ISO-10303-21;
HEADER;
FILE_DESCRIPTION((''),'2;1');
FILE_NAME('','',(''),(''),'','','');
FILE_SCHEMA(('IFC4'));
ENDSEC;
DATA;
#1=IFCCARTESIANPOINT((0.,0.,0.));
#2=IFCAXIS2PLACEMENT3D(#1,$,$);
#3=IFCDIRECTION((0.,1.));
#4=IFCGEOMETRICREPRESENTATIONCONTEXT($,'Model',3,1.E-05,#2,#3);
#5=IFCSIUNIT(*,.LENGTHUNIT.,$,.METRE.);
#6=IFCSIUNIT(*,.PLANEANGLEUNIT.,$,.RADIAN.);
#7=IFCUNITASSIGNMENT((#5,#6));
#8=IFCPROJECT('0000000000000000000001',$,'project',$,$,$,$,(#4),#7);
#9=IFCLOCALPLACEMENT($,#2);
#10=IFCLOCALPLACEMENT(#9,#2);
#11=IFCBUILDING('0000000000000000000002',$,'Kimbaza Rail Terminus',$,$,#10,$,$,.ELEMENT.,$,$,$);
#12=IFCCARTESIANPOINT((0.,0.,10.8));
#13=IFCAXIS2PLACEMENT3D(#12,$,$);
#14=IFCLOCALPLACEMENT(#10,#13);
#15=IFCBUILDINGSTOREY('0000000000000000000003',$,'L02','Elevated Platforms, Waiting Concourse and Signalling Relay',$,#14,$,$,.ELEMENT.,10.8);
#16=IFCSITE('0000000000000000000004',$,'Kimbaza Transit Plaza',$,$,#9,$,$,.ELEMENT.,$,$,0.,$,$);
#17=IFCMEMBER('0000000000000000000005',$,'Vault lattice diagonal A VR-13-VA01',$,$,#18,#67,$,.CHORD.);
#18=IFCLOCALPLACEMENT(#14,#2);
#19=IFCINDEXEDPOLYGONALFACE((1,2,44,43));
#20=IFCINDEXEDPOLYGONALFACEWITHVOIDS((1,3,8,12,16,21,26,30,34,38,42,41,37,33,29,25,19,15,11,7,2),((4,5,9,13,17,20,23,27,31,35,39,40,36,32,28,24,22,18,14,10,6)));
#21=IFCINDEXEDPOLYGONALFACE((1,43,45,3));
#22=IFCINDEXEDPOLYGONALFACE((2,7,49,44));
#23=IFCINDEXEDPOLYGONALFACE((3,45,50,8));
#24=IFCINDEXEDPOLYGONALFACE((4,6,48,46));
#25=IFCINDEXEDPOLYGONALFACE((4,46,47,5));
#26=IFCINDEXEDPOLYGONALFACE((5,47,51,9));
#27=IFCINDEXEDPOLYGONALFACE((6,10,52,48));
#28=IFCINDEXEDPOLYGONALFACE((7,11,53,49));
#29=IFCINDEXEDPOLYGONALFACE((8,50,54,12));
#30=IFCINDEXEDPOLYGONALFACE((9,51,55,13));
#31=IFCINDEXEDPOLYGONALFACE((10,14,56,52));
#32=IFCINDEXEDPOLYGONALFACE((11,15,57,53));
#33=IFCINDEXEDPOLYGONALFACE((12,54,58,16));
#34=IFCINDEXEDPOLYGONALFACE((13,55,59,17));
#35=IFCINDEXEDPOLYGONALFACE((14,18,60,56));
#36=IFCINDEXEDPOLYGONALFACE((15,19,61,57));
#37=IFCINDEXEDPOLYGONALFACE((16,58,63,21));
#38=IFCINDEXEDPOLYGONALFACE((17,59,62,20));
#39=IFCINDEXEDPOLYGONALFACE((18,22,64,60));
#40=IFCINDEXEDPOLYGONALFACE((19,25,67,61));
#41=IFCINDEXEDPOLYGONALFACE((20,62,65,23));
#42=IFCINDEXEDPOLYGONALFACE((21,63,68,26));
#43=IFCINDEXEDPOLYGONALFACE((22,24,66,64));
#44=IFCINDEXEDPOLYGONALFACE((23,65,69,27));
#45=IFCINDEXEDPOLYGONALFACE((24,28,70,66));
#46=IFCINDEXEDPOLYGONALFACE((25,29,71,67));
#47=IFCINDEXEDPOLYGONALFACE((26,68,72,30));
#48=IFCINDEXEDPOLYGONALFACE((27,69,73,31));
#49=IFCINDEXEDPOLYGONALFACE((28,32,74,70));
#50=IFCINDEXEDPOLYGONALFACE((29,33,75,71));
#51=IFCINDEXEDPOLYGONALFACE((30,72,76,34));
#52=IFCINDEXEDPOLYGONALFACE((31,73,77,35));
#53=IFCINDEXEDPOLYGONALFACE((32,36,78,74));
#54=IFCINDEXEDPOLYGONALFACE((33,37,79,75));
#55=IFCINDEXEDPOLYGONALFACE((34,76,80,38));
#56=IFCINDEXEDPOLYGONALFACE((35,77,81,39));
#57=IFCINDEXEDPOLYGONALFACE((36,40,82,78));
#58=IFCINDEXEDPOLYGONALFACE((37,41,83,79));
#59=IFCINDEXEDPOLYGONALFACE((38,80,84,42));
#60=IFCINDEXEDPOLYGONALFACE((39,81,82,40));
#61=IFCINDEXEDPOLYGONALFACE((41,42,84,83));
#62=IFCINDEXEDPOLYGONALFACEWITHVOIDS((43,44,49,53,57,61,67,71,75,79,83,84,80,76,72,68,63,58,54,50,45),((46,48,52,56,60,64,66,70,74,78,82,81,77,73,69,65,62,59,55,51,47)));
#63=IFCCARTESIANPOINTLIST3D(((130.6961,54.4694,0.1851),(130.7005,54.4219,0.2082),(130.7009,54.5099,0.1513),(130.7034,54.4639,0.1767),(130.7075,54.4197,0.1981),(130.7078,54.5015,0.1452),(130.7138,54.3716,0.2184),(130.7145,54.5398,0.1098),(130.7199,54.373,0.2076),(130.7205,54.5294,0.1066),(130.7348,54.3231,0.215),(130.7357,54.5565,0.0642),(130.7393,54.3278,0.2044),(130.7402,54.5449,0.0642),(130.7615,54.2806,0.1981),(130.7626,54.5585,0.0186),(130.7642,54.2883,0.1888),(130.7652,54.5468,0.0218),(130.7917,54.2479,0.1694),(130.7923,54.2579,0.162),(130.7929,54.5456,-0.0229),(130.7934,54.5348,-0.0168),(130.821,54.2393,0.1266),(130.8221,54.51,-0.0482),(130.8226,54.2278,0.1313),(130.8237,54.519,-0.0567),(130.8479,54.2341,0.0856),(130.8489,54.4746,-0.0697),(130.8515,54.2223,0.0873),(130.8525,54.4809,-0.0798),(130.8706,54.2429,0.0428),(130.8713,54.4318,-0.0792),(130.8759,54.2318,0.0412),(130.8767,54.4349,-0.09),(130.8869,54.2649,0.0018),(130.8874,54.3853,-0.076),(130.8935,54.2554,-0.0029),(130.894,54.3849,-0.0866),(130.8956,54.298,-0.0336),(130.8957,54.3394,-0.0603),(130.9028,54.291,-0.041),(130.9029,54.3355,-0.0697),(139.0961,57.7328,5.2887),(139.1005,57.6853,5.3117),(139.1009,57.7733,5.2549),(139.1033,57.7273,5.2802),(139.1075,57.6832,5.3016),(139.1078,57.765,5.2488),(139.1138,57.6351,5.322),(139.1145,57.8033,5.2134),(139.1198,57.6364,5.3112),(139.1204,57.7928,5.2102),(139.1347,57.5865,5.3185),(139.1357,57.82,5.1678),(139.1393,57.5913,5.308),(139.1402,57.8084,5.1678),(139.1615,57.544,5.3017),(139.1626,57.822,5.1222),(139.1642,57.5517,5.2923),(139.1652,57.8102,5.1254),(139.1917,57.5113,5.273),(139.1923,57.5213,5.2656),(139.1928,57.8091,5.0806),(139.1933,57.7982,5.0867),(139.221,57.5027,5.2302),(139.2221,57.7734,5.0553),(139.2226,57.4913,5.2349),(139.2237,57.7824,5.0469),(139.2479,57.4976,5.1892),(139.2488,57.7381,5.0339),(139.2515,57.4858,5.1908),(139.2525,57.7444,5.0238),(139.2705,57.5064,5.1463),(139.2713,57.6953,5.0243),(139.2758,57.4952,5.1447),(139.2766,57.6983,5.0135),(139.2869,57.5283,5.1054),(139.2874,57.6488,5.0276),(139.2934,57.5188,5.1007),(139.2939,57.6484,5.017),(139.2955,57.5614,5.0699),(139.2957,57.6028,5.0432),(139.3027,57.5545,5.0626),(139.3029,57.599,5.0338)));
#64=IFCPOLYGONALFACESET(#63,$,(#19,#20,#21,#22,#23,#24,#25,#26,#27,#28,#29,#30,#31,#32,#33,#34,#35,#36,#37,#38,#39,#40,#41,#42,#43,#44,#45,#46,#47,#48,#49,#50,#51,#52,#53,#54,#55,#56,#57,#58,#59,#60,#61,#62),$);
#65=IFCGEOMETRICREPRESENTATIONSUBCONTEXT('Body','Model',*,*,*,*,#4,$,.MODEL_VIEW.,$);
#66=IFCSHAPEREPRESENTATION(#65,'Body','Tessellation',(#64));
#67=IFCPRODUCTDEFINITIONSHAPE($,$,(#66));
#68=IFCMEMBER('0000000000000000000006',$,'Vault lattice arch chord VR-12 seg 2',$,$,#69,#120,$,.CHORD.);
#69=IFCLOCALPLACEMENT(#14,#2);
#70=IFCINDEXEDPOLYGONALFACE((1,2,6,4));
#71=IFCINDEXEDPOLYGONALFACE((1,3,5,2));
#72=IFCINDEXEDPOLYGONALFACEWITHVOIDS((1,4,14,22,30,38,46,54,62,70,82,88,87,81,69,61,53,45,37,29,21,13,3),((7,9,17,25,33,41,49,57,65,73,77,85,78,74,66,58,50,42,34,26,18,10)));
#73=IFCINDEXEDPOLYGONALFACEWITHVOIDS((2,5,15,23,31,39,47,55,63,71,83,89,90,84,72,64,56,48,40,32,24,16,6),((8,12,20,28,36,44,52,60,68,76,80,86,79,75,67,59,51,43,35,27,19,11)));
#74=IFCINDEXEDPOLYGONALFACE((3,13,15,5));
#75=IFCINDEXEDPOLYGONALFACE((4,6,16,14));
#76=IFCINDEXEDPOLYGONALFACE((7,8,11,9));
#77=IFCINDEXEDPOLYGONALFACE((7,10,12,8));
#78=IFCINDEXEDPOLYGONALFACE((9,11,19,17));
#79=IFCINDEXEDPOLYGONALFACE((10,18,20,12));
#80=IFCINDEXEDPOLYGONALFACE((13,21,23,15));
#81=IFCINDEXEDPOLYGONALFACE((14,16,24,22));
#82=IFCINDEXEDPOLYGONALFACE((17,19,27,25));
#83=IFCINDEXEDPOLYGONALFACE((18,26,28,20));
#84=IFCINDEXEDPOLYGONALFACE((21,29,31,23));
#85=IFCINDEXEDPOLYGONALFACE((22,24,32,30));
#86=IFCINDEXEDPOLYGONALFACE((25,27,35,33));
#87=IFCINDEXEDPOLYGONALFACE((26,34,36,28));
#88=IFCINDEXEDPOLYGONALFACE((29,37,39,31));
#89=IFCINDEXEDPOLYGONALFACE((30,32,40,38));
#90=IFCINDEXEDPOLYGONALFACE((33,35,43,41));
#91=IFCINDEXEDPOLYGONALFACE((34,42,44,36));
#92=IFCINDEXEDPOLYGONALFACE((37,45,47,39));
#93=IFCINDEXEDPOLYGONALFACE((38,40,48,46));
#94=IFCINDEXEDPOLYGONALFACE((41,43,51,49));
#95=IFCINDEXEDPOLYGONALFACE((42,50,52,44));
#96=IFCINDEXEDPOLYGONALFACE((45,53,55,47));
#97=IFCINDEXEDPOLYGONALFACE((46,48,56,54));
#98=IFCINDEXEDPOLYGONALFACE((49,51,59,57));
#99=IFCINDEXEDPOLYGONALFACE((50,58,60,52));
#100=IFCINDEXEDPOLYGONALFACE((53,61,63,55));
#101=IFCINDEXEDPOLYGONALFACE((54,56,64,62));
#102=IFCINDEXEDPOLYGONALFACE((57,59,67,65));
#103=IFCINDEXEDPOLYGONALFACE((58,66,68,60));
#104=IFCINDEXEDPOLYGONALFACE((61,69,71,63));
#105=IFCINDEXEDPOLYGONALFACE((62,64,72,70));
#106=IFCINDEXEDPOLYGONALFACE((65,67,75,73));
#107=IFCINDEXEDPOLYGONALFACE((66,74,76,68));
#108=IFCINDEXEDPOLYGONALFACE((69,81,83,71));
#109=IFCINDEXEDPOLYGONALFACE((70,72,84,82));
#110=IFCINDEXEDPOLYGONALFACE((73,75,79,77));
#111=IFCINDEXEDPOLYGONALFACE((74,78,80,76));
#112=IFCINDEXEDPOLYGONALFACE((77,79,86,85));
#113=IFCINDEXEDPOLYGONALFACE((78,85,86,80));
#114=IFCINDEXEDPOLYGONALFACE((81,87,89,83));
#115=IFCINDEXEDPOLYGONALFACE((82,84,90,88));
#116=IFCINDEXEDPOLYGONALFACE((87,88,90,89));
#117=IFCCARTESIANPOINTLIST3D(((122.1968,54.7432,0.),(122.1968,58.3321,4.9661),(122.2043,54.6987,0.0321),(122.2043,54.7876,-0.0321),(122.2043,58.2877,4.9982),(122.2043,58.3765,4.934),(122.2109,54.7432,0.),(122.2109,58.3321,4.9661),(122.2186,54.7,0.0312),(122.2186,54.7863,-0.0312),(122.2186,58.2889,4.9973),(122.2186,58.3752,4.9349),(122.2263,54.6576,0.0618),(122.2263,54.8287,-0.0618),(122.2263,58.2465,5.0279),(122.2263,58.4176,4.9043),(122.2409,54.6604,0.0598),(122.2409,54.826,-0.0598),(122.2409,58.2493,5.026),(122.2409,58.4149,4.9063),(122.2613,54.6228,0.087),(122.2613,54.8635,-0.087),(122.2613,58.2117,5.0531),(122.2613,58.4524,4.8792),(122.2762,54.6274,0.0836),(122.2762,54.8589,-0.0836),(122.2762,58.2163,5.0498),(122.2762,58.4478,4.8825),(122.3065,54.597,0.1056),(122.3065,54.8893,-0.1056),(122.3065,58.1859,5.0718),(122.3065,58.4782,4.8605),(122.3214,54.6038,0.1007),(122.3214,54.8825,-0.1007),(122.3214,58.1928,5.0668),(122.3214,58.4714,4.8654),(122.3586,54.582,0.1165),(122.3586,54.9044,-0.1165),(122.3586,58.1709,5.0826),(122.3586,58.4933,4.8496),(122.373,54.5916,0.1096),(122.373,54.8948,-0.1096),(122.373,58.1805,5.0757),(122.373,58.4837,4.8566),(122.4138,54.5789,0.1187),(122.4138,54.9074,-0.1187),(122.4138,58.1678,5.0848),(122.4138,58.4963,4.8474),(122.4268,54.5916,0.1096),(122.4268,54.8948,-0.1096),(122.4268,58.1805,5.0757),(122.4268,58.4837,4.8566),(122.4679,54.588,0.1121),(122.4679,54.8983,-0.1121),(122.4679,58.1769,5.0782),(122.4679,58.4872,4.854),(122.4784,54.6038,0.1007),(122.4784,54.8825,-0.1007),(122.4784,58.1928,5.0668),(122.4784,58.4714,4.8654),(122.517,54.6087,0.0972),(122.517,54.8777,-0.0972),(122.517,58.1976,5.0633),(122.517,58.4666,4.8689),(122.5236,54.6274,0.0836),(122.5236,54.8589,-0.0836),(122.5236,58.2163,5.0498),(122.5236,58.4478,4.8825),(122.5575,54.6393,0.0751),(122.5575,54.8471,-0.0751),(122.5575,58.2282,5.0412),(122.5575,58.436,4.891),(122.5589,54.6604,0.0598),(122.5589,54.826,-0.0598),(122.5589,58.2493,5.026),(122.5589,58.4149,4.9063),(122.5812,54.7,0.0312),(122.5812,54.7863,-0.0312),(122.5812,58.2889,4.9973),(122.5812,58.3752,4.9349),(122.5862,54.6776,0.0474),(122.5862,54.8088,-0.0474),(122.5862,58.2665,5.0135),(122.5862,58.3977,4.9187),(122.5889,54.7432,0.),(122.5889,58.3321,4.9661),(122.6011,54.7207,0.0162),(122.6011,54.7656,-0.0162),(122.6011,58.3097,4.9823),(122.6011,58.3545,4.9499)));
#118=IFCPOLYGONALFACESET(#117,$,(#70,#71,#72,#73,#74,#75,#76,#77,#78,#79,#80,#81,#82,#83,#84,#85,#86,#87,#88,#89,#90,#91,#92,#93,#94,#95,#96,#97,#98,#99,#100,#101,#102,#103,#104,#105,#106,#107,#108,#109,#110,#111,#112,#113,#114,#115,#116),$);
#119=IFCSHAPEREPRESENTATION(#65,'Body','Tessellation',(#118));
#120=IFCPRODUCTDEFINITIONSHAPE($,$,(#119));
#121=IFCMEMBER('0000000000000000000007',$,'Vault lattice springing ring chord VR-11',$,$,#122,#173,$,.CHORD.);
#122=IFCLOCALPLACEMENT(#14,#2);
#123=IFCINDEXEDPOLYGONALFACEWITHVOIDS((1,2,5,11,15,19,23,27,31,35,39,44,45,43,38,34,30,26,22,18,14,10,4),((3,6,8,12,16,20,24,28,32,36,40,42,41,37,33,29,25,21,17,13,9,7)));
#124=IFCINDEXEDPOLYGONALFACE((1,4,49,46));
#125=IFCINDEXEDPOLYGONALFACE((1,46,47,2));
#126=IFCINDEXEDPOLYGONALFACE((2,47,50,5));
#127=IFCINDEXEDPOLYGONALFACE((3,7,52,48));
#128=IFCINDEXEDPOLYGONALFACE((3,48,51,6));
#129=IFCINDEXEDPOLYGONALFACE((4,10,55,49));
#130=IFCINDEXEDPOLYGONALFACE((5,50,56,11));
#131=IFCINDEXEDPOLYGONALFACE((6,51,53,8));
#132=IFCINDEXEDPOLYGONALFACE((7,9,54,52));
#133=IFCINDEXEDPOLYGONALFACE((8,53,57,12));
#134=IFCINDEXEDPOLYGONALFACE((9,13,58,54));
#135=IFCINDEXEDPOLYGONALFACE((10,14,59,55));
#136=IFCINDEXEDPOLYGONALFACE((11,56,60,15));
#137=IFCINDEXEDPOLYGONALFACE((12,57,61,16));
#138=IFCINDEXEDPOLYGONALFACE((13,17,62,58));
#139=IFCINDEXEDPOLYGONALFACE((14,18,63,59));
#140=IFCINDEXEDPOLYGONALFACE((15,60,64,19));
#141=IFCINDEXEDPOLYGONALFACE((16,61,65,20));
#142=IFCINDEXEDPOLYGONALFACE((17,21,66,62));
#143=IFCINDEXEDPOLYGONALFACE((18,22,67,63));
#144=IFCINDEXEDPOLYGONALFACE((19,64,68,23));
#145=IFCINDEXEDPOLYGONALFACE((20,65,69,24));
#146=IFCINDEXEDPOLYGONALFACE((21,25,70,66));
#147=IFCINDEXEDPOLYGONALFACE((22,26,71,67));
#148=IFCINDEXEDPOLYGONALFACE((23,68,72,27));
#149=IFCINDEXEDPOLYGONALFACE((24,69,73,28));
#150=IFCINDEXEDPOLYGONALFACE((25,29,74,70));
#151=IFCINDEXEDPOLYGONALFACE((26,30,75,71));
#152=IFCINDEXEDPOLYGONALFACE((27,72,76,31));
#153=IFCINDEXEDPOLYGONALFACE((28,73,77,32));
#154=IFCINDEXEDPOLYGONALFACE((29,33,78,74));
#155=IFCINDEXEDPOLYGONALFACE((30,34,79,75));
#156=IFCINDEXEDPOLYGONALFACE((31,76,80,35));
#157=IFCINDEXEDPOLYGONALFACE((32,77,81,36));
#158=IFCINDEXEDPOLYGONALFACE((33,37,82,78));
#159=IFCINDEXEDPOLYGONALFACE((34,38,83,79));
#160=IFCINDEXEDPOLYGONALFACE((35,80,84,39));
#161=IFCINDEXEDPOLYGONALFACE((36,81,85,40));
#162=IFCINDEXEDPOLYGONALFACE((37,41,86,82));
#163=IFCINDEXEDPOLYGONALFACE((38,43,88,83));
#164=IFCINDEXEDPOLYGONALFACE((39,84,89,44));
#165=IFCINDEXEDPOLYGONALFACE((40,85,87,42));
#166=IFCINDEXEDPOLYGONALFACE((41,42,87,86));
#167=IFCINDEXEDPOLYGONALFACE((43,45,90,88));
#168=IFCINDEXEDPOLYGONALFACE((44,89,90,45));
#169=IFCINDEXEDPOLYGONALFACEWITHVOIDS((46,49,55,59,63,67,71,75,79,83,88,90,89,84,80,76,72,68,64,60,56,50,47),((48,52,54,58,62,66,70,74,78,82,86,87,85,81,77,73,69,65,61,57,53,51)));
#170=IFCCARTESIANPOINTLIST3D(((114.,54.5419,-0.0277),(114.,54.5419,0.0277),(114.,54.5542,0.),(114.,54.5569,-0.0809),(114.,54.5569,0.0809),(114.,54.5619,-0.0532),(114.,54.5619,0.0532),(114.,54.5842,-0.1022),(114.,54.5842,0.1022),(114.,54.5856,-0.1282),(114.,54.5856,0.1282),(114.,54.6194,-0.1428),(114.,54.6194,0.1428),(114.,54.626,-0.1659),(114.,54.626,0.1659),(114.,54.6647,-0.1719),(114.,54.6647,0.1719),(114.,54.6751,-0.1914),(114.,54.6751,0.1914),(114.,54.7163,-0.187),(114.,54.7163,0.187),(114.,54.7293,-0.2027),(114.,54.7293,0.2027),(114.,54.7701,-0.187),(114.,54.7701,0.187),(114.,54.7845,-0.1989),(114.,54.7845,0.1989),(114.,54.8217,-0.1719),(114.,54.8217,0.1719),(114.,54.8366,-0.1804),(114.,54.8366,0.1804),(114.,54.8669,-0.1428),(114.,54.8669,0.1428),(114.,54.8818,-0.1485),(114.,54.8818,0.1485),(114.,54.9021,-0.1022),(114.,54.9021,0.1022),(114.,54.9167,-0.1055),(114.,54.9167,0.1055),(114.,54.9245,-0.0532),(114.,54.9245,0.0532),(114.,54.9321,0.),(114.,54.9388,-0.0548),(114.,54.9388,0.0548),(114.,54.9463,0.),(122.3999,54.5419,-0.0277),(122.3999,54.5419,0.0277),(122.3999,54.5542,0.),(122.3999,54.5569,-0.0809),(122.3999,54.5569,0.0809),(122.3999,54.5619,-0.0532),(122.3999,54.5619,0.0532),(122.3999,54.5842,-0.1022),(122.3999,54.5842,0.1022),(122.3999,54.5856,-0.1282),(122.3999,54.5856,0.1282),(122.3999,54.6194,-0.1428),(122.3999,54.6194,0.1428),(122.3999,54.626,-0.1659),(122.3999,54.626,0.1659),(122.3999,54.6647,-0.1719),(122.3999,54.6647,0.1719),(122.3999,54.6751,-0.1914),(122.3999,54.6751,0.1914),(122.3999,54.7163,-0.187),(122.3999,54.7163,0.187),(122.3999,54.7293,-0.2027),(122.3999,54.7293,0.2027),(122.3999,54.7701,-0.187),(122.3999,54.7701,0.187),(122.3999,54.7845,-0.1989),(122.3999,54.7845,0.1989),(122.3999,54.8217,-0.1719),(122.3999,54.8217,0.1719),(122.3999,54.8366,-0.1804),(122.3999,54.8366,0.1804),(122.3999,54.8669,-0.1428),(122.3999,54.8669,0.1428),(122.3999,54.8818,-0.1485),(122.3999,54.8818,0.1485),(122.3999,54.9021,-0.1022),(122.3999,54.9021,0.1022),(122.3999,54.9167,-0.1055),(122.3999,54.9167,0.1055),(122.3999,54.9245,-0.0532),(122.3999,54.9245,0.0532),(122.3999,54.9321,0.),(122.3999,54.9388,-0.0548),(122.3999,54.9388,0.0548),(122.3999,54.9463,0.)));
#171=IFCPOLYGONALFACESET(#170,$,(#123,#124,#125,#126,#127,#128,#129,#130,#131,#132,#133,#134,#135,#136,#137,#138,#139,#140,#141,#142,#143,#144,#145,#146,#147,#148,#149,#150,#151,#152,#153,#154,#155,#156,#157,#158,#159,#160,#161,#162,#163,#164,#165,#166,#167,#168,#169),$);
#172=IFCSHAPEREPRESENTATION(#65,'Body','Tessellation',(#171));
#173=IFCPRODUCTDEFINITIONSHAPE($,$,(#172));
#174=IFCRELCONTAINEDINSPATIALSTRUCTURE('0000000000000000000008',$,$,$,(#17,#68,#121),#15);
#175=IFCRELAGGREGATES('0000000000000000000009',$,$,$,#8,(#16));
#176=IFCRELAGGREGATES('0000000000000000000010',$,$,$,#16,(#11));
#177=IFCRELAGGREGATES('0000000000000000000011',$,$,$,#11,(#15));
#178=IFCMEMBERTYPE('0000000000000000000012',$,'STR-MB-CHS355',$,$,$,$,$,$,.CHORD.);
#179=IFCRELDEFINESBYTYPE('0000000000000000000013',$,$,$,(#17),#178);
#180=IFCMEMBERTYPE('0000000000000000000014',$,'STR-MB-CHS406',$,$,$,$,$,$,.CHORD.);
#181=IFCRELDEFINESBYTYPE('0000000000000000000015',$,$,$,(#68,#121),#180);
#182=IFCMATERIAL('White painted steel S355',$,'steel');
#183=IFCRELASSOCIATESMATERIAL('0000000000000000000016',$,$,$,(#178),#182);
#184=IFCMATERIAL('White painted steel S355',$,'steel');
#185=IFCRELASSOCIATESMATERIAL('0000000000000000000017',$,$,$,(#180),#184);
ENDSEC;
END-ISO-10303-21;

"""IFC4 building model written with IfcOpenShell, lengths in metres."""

from ifc_helpers import new_model, si_unit, direction, frame, origin, origin_2d, place, context, subcontext, project, spatial, hollow_circle, extrude, material, material_profile, profile_set, type_object, element, save


model = new_model("IFC4")

# Units and contexts
model_context = context("Model", 3, precision=1e-05, world=origin(), true_north=direction((0.0, 1.0)))
body_context = subcontext(model_context, "Body", "Model", "MODEL_VIEW")
ifc_project = project(units=[si_unit("LENGTHUNIT", "METRE"), si_unit("PLANEANGLEUNIT", "RADIAN")], contexts=[model_context])

# Site, building, storey
site_placement = place(None, origin())
site = spatial("IfcSite", under=ifc_project, at=site_placement, Name="Kimbaza Transit Plaza", CompositionType="ELEMENT", RefElevation=0.0)
building_placement = place(site_placement, origin())
building = spatial("IfcBuilding", under=site, at=building_placement, Name="Kimbaza Rail Terminus", CompositionType="ELEMENT")
storey_placement = place(building_placement, frame((0.0, 0.0, 10.8)))
storey = spatial("IfcBuildingStorey", under=building, at=storey_placement, Name="L02", Description="Elevated Platforms, Waiting Concourse and Signalling Relay", CompositionType="ELEMENT", Elevation=10.8)

# Members
ifc_material_1 = material(Name="White painted steel S355", Category="steel")
ifc_material_profile_1 = material_profile(ifc_material_1, hollow_circle(Radius=0.1777, WallThickness=0.0125, at=origin_2d()), Name="CHS 355.6x12.5")
ifc_profile_set_1 = profile_set([ifc_material_profile_1], Name="White painted steel S355")
member_type_1 = type_object("IfcMemberType", Name="STR-MB-CHS355", PredefinedType="CHORD", material=ifc_profile_set_1)
for number, where, z_axis, x_axis, name in (
    (1, (130.8, 54.3909, 0.0642), (0.811086, 0.315113, 0.49279), (-0.362138, 0.932125, 0.0), "Vault lattice diagonal A VR-13-VA01"),
):
    element("IfcMember", number, at=place(storey_placement, frame(where, z_axis=z_axis, x_axis=x_axis)), inside=storey, type_object=member_type_1, Name=name, PredefinedType="CHORD", context=body_context, shape_type="SweptSolid", body=[
        extrude(hollow_circle(Radius=0.1777, WallThickness=0.0125, at=origin_2d()), origin(), (0.0, 0.0, 1.0), 10.3564),
    ])
ifc_material_2 = material(Name="White painted steel S355", Category="steel")
ifc_material_profile_2 = material_profile(ifc_material_2, hollow_circle(Radius=0.2031, WallThickness=0.0142, at=origin_2d()), Name="CHS 406.4x14.2")
ifc_profile_set_2 = profile_set([ifc_material_profile_2], Name="White painted steel S355")
member_type_2 = type_object("IfcMemberType", Name="STR-MB-CHS406", PredefinedType="CHORD", material=ifc_profile_set_2)
member_1_placement = place(storey_placement, frame((122.3999, 54.7432, 0.0), z_axis=(0.0, 0.585733, 0.810504), x_axis=(-1.0, 0.0, 0.0)))
element("IfcMember", 2, at=member_1_placement, inside=storey, type_object=member_type_2, Name="Vault lattice arch chord VR-12 seg 2", PredefinedType="CHORD", context=body_context, shape_type="SweptSolid", body=[
    extrude(hollow_circle(Radius=0.2031, WallThickness=0.0142, at=origin_2d()), origin(), (0.0, 0.0, 1.0), 6.1272),
])
member_2_placement = place(storey_placement, frame((114.0, 54.7432, 0.0), z_axis=(1.0, 0.0, 0.0), x_axis=(0.0, 1.0, 0.0)))
element("IfcMember", 3, at=member_2_placement, inside=storey, type_object=member_type_2, Name="Vault lattice springing ring chord VR-11", PredefinedType="CHORD", context=body_context, shape_type="SweptSolid", body=[
    extrude(hollow_circle(Radius=0.2031, WallThickness=0.0142, at=origin_2d()), origin(), (0.0, 0.0, 1.0), 8.3999),
])

save(model, "model.ifc")
